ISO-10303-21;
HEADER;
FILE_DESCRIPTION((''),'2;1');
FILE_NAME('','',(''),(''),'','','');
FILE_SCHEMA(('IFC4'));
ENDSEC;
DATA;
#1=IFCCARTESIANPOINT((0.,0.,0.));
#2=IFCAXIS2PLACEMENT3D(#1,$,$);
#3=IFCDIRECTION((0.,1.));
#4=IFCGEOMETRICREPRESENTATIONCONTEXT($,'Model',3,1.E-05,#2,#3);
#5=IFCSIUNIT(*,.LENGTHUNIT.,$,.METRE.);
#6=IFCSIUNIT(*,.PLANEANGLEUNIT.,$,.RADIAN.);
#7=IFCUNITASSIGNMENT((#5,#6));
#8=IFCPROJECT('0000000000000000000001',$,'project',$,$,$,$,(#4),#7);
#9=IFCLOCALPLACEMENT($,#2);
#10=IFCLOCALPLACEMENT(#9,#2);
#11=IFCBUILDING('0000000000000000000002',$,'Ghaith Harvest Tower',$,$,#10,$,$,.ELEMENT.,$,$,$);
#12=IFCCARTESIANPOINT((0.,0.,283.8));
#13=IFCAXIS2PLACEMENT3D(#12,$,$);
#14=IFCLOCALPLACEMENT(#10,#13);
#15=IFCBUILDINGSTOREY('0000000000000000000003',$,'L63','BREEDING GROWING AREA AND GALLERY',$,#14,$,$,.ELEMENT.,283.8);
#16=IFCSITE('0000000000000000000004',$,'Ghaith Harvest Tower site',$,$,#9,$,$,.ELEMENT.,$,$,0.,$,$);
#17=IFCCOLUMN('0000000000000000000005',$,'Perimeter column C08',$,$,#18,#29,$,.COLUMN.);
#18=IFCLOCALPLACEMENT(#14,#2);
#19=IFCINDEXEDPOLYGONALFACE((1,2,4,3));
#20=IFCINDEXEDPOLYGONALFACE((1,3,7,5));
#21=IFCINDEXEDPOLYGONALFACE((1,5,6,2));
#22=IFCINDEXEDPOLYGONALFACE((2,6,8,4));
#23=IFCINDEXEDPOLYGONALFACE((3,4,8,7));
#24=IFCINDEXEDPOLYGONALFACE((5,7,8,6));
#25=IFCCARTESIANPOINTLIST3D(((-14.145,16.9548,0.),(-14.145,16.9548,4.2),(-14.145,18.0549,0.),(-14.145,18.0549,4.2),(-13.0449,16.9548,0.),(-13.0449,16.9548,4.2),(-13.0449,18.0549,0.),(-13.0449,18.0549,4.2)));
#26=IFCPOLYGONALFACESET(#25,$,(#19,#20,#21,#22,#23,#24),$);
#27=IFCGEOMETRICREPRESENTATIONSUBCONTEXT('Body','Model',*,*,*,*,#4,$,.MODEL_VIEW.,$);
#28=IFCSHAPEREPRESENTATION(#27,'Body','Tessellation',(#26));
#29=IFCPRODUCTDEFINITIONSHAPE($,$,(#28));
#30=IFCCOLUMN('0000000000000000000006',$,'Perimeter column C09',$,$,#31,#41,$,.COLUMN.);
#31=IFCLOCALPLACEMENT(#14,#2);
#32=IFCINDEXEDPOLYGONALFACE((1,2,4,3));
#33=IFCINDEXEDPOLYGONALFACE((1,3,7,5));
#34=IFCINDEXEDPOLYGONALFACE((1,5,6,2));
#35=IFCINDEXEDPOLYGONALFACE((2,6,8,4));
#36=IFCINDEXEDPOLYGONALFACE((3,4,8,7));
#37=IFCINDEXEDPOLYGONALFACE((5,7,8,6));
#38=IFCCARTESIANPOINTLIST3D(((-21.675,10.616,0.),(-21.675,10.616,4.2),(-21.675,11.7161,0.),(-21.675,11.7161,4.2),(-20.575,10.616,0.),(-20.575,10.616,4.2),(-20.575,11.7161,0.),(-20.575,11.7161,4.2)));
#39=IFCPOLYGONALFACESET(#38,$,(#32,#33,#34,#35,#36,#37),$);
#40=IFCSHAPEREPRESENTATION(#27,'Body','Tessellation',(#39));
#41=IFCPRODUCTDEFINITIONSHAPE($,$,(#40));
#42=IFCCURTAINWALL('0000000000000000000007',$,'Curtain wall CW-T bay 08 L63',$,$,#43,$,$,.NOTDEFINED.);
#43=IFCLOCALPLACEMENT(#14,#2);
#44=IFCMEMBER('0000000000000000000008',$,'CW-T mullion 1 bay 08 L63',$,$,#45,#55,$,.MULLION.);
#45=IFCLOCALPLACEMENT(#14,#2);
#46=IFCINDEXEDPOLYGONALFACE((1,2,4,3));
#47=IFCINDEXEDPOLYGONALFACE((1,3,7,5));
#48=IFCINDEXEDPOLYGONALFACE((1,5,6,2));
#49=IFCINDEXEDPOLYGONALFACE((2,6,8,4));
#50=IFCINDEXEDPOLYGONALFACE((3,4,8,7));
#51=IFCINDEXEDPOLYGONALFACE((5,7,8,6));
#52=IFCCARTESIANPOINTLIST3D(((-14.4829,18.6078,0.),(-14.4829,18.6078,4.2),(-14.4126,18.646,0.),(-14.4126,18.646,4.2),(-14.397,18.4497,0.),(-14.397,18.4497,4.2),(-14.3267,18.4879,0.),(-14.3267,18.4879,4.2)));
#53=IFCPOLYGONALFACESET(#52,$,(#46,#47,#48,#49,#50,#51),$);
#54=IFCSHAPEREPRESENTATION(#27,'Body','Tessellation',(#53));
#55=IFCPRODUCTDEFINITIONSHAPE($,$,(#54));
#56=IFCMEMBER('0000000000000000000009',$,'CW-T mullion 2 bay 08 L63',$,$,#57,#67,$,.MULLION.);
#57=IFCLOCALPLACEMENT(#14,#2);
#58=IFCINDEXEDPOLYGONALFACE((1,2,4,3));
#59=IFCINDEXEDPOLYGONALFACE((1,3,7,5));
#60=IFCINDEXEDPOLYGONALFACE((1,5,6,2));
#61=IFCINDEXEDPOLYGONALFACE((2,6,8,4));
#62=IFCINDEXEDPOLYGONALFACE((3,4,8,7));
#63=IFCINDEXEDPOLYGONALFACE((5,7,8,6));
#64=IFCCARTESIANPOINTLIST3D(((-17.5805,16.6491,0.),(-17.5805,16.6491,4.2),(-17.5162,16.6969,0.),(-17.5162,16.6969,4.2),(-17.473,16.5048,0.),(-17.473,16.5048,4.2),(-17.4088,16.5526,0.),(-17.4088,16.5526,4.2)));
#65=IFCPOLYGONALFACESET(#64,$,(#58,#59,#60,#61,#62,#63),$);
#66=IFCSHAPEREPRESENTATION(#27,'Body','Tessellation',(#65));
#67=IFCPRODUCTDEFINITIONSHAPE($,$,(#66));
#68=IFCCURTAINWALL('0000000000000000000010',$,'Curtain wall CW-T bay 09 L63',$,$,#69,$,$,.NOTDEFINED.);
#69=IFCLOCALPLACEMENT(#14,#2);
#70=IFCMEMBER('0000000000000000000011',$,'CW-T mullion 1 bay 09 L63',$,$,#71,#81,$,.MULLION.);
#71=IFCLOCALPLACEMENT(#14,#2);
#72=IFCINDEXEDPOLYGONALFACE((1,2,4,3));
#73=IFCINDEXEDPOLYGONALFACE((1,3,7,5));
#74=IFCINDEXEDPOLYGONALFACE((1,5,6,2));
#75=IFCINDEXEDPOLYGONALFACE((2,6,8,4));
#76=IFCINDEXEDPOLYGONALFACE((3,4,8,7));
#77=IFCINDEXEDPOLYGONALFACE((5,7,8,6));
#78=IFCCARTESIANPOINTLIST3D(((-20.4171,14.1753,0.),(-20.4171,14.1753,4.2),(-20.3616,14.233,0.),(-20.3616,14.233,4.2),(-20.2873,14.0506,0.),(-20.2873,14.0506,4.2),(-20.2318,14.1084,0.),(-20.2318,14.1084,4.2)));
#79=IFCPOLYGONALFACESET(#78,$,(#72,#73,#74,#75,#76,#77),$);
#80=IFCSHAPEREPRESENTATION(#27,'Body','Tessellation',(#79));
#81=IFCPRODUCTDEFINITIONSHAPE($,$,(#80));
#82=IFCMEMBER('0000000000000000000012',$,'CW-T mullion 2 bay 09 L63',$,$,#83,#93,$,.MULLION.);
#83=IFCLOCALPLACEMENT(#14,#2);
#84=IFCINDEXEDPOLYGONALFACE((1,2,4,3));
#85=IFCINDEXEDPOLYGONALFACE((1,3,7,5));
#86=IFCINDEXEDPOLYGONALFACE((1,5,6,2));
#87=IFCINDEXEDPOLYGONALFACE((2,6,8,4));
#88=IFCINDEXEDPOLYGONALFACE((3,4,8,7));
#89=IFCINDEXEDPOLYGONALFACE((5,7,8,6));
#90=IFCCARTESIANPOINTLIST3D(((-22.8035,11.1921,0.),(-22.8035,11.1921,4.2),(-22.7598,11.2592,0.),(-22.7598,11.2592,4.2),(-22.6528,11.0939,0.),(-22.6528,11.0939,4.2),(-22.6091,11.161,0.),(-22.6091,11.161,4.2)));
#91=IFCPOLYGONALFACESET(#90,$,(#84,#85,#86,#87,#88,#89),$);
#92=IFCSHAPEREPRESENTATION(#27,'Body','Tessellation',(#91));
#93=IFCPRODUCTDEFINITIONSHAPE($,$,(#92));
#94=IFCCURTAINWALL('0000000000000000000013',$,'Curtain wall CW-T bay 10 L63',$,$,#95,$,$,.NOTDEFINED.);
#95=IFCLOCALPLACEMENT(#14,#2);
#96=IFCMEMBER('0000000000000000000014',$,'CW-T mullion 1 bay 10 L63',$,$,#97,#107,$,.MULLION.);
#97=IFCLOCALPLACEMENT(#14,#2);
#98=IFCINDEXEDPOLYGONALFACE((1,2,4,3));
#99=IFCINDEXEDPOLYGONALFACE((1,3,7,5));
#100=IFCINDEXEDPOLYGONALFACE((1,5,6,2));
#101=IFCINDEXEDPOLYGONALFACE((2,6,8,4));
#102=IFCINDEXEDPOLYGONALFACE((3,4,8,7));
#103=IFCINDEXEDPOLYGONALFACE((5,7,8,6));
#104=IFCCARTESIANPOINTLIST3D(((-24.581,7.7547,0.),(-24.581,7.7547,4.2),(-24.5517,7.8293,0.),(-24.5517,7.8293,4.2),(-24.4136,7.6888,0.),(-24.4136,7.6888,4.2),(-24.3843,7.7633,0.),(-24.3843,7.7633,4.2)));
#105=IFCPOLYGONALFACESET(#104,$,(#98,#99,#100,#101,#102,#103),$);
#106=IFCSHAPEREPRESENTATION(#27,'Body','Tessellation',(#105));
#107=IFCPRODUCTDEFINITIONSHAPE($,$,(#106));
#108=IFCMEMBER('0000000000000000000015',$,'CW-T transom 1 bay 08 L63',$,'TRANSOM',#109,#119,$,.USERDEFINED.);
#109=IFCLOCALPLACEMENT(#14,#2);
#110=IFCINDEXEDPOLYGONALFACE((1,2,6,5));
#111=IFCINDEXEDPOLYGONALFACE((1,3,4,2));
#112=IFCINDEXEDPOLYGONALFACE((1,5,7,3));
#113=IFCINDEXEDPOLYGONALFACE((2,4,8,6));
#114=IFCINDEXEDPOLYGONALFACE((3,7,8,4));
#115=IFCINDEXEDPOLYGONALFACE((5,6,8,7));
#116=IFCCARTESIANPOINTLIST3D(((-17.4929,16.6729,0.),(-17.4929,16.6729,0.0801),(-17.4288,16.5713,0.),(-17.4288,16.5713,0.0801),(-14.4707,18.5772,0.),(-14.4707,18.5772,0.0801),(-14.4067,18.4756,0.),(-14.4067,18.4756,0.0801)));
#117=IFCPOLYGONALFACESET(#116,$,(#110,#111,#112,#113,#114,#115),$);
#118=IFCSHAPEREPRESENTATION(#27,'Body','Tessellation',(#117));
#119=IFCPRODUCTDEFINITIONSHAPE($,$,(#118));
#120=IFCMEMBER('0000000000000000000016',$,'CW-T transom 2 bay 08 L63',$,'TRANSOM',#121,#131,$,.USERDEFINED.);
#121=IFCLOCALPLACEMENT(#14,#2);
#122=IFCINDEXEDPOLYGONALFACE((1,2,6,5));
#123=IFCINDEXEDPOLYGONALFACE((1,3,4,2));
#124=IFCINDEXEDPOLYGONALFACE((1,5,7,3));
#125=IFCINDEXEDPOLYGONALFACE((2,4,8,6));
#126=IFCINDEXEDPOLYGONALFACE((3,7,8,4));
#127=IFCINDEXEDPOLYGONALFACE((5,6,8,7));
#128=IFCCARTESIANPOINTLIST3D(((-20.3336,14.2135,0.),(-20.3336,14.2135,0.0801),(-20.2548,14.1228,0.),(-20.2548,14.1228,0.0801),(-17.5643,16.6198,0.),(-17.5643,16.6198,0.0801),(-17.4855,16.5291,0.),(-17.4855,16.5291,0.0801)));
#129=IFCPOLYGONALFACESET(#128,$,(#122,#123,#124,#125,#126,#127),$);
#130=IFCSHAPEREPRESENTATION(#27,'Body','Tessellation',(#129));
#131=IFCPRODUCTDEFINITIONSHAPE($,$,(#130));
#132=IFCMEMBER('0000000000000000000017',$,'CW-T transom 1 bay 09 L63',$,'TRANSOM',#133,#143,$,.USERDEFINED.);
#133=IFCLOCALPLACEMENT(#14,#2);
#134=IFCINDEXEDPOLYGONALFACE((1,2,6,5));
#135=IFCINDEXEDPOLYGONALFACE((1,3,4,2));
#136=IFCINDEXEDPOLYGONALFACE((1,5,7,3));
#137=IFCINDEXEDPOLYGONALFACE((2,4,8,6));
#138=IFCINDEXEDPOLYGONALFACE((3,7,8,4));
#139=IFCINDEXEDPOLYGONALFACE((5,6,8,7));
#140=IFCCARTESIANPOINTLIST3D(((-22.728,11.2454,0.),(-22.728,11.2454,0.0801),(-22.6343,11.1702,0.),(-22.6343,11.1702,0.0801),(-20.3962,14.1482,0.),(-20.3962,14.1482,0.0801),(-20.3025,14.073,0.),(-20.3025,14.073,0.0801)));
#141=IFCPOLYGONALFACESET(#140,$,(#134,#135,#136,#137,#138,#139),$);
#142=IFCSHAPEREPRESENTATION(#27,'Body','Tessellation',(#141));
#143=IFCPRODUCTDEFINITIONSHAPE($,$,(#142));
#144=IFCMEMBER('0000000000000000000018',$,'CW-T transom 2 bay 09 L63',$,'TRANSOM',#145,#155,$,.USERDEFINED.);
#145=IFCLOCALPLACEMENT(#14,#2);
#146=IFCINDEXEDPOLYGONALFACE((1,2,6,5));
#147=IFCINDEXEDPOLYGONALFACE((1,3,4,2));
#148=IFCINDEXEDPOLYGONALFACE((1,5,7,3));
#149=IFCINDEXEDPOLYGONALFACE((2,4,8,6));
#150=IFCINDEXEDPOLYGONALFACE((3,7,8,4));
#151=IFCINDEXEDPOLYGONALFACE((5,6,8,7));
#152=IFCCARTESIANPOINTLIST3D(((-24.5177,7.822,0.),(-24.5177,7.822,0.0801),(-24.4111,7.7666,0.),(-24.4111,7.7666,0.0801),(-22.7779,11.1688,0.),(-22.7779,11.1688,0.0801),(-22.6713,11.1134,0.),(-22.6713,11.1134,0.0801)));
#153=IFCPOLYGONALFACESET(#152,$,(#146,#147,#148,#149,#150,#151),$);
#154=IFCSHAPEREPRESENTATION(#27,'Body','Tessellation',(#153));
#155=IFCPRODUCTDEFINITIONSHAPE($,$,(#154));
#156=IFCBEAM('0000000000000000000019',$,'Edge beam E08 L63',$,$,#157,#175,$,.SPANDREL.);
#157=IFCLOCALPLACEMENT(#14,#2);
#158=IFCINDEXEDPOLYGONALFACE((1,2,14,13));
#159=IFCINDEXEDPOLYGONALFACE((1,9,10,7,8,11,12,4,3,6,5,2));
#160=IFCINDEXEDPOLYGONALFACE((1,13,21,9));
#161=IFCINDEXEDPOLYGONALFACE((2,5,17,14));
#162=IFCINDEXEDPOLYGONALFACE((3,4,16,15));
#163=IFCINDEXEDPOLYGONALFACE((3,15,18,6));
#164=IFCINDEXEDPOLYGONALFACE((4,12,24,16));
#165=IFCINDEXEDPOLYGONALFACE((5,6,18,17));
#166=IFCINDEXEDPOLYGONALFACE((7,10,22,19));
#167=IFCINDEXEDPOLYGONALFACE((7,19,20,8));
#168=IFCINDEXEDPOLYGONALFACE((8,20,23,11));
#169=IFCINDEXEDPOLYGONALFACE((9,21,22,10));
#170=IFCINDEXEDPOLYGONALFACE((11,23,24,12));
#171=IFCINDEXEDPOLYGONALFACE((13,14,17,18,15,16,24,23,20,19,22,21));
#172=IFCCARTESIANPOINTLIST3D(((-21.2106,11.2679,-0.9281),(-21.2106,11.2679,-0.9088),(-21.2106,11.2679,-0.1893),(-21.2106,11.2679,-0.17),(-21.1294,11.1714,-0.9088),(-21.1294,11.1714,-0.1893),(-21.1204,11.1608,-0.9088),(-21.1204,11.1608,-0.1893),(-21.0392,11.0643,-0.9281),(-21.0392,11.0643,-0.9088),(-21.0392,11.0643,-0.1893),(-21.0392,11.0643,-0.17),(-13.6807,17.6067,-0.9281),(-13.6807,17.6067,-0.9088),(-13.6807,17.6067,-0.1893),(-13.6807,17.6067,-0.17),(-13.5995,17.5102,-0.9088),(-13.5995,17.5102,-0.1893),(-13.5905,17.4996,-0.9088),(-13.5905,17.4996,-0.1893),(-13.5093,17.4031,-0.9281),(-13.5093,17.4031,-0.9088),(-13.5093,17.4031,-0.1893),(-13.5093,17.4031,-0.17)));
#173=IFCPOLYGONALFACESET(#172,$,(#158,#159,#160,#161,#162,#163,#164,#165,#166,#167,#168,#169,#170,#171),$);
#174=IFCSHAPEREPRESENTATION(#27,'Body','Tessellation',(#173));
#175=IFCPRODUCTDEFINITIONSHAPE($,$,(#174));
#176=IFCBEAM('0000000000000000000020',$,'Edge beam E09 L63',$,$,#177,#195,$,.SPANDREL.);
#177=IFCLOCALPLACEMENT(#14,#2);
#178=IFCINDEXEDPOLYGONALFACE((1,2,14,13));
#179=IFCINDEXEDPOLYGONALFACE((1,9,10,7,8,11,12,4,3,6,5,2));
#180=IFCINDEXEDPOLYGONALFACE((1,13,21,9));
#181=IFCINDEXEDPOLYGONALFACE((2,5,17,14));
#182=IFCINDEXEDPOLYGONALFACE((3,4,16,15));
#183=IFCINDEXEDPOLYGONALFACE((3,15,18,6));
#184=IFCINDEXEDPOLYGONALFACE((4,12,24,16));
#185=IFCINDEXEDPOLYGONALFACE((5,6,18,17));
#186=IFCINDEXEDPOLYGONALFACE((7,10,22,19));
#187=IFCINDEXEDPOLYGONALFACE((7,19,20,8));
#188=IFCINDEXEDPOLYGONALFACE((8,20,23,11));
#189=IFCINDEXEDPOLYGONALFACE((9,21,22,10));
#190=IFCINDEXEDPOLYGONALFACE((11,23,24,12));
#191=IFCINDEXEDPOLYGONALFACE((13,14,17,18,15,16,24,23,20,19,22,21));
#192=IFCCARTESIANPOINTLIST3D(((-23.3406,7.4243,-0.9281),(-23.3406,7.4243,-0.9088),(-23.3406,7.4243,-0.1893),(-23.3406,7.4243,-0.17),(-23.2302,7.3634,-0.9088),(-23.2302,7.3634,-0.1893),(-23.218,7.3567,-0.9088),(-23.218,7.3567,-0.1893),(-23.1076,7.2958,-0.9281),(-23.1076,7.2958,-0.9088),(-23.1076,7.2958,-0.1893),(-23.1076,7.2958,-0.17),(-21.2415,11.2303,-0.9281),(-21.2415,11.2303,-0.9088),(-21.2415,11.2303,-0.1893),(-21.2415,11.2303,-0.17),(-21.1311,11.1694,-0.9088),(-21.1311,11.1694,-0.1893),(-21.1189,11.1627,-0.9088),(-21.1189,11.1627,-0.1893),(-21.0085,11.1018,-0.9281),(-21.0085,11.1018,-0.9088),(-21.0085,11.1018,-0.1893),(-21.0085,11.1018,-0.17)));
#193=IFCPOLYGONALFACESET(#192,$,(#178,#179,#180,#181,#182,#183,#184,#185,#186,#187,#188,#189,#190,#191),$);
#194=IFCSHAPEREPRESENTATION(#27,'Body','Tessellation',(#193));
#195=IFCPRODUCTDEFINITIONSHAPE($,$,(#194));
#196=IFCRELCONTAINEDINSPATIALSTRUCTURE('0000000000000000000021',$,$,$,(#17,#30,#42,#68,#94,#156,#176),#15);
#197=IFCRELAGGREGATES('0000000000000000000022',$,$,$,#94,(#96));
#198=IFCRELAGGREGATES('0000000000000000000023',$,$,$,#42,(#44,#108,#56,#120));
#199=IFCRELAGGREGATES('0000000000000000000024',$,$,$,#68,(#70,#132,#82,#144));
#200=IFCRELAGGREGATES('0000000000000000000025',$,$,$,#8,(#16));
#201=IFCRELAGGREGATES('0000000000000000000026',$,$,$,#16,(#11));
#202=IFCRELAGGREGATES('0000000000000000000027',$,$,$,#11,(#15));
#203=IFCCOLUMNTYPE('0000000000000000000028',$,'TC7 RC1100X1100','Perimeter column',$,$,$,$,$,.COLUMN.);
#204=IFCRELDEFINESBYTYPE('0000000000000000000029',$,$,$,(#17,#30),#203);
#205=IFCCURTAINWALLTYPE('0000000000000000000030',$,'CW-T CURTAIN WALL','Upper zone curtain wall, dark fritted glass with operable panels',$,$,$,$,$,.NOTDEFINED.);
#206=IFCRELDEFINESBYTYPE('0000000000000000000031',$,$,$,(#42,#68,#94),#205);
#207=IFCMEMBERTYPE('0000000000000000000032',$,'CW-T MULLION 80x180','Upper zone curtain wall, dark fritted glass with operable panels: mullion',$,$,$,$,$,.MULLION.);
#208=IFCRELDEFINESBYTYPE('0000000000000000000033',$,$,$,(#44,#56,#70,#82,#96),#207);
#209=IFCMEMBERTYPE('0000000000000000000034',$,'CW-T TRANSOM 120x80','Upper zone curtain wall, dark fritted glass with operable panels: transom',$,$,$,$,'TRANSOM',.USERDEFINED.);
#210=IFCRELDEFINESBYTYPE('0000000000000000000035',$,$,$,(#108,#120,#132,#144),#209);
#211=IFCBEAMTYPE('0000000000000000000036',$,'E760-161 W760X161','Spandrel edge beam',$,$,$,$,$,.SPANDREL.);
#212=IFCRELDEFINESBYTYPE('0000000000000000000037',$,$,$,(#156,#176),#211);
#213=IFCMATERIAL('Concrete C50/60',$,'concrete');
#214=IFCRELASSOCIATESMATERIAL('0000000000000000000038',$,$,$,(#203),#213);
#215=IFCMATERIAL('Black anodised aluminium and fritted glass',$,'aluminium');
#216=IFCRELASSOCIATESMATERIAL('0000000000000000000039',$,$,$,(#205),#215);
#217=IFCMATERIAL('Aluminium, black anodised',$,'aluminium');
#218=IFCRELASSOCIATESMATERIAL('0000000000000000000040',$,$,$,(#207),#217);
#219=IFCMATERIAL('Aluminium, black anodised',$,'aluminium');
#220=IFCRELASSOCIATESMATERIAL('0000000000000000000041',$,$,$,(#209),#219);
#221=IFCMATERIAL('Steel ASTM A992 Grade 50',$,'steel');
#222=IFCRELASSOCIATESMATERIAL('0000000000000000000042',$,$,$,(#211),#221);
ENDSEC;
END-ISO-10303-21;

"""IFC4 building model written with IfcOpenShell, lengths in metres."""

from ifc_helpers import new_model, si_unit, direction, frame, origin, origin_2d, place, context, subcontext, project, spatial, rectangle, i_section, extrude, material, material_profile, profile_set, type_object, element, aggregate, save


model = new_model("IFC4")

# Units and contexts
model_context = context("Model", 3, precision=1e-05, world=origin(), true_north=direction((0.0, 1.0)))
body_context = subcontext(model_context, "Body", "Model", "MODEL_VIEW")
ifc_project = project(units=[si_unit("LENGTHUNIT", "METRE"), si_unit("PLANEANGLEUNIT", "RADIAN")], contexts=[model_context])

# Site, building, storey
site_placement = place(None, origin())
site = spatial("IfcSite", under=ifc_project, at=site_placement, Name="Ghaith Harvest Tower site", CompositionType="ELEMENT", RefElevation=0.0)
building_placement = place(site_placement, origin())
building = spatial("IfcBuilding", under=site, at=building_placement, Name="Ghaith Harvest Tower", CompositionType="ELEMENT")
storey_placement = place(building_placement, frame((0.0, 0.0, 283.8)))
storey = spatial("IfcBuildingStorey", under=building, at=storey_placement, Name="L63", Description="BREEDING GROWING AREA AND GALLERY", CompositionType="ELEMENT", Elevation=283.8)

# Columns
ifc_material_1 = material(Name="Concrete C50/60", Category="concrete")
ifc_material_profile_1 = material_profile(ifc_material_1, rectangle(XDim=1.1001, YDim=1.1001, at=origin_2d()), Name="RC1100X1100")
ifc_profile_set_1 = profile_set([ifc_material_profile_1], Name="Concrete C50/60")
column_type = type_object("IfcColumnType", Name="TC7 RC1100X1100", Description="Perimeter column", PredefinedType="COLUMN", material=ifc_profile_set_1)
for number, where, z_axis, x_axis, name in (
    (1, (-13.595, 17.5049, 0.0), (0.0, 0.0, 1.0), (1.0, 0.0, 0.0), "Perimeter column C08"),
    (2, (-21.125, 11.166, 0.0), (0.0, 0.0, 1.0), (1.0, 0.0, 0.0), "Perimeter column C09"),
):
    element("IfcColumn", number, at=place(storey_placement, frame(where, z_axis=z_axis, x_axis=x_axis)), inside=storey, type_object=column_type, Name=name, PredefinedType="COLUMN", context=body_context, shape_type="SweptSolid", body=[
        extrude(rectangle(XDim=1.1001, YDim=1.1001, at=origin_2d()), origin(), (0.0, 0.0, 1.0), 4.2),
    ])

# Curtain walls, members
ifc_material_2 = material(Name="Black anodised aluminium and fritted glass", Category="aluminium")
curtain_wall_type = type_object("IfcCurtainWallType", Name="CW-T CURTAIN WALL", Description="Upper zone curtain wall, dark fritted glass with operable panels", PredefinedType="NOTDEFINED", material=ifc_material_2)
curtain_wall_1_placement = place(storey_placement, origin())
curtain_wall_1 = element("IfcCurtainWall", 3, at=curtain_wall_1_placement, inside=storey, type_object=curtain_wall_type, Name="Curtain wall CW-T bay 08 L63", PredefinedType="NOTDEFINED")
ifc_material_3 = material(Name="Aluminium, black anodised", Category="aluminium")
ifc_material_profile_2 = material_profile(ifc_material_3, rectangle(XDim=0.0801, YDim=0.1799, at=origin_2d()), Name="CW-T MULLION 80x180")
ifc_profile_set_2 = profile_set([ifc_material_profile_2], Name="Aluminium, black anodised")
member_type_1 = type_object("IfcMemberType", Name="CW-T MULLION 80x180", Description="Upper zone curtain wall, dark fritted glass with operable panels: mullion", PredefinedType="MULLION", material=ifc_profile_set_2)
member_1_placement = place(storey_placement, frame((-14.4048, 18.5479, 0.0), z_axis=(0.0, 0.0, 1.0), x_axis=(-0.878672, -0.477426, 0.0)))
member_1 = element("IfcMember", 4, at=member_1_placement, type_object=member_type_1, Name="CW-T mullion 1 bay 08 L63", PredefinedType="MULLION", context=body_context, shape_type="SweptSolid", body=[
    extrude(rectangle(XDim=0.0801, YDim=0.1799, at=origin_2d()), origin(), (0.0, 0.0, 1.0), 4.2),
])
member_2_placement = place(storey_placement, frame((-17.4946, 16.6008, 0.0), z_axis=(0.0, 0.0, 1.0), x_axis=(-0.80219, -0.597069, 0.0)))
member_2 = element("IfcMember", 5, at=member_2_placement, type_object=member_type_1, Name="CW-T mullion 2 bay 08 L63", PredefinedType="MULLION", context=body_context, shape_type="SweptSolid", body=[
    extrude(rectangle(XDim=0.0801, YDim=0.1799, at=origin_2d()), origin(), (0.0, 0.0, 1.0), 4.2),
])
curtain_wall_2_placement = place(storey_placement, origin())
curtain_wall_2 = element("IfcCurtainWall", 6, at=curtain_wall_2_placement, inside=storey, type_object=curtain_wall_type, Name="Curtain wall CW-T bay 09 L63", PredefinedType="NOTDEFINED")
member_3_placement = place(storey_placement, frame((-20.3245, 14.1418, 0.0), z_axis=(0.0, 0.0, 1.0), x_axis=(-0.692826, -0.721104, 0.0)))
member_3 = element("IfcMember", 7, at=member_3_placement, type_object=member_type_1, Name="CW-T mullion 1 bay 09 L63", PredefinedType="MULLION", context=body_context, shape_type="SweptSolid", body=[
    extrude(rectangle(XDim=0.0801, YDim=0.1799, at=origin_2d()), origin(), (0.0, 0.0, 1.0), 4.2),
])
member_4_placement = place(storey_placement, frame((-22.7063, 11.1765, 0.0), z_axis=(0.0, 0.0, 1.0), x_axis=(-0.545865, -0.837873, 0.0)))
member_4 = element("IfcMember", 8, at=member_4_placement, type_object=member_type_1, Name="CW-T mullion 2 bay 09 L63", PredefinedType="MULLION", context=body_context, shape_type="SweptSolid", body=[
    extrude(rectangle(XDim=0.0801, YDim=0.1799, at=origin_2d()), origin(), (0.0, 0.0, 1.0), 4.2),
])

# Curtain wall, member
curtain_wall_3_placement = place(storey_placement, origin())
curtain_wall_3 = element("IfcCurtainWall", 9, at=curtain_wall_3_placement, inside=storey, type_object=curtain_wall_type, Name="Curtain wall CW-T bay 10 L63", PredefinedType="NOTDEFINED")
member_5_placement = place(storey_placement, frame((-24.4827, 7.759, 0.0), z_axis=(0.0, 0.0, 1.0), x_axis=(-0.366473, -0.930429, 0.0)))
member_5 = element("IfcMember", 10, at=member_5_placement, type_object=member_type_1, Name="CW-T mullion 1 bay 10 L63", PredefinedType="MULLION", context=body_context, shape_type="SweptSolid", body=[
    extrude(rectangle(XDim=0.0801, YDim=0.1799, at=origin_2d()), origin(), (0.0, 0.0, 1.0), 4.2),
])
aggregate(curtain_wall_3, [member_5])

# Members
ifc_material_4 = material(Name="Aluminium, black anodised", Category="aluminium")
ifc_material_profile_3 = material_profile(ifc_material_4, rectangle(XDim=0.1201, YDim=0.0801, at=origin_2d()), Name="CW-T TRANSOM 120x80")
ifc_profile_set_3 = profile_set([ifc_material_profile_3], Name="Aluminium, black anodised")
member_type_2 = type_object("IfcMemberType", Name="CW-T TRANSOM 120x80", Description="Upper zone curtain wall, dark fritted glass with operable panels: transom", ElementType="TRANSOM", PredefinedType="USERDEFINED", material=ifc_profile_set_3)
member_6_placement = place(storey_placement, frame((-14.4387, 18.5264, 0.04), z_axis=(-0.846054, -0.533098, 0.0), x_axis=(0.533098, -0.846054, 0.0)))
member_6 = element("IfcMember", 11, at=member_6_placement, type_object=member_type_2, Name="CW-T transom 1 bay 08 L63", ObjectType="TRANSOM", PredefinedType="USERDEFINED", context=body_context, shape_type="SweptSolid", body=[
    extrude(rectangle(XDim=0.1201, YDim=0.0801, at=origin_2d()), origin(), (0.0, 0.0, 1.0), 3.572),
])
member_7_placement = place(storey_placement, frame((-17.5249, 16.5745, 0.04), z_axis=(-0.754852, -0.655895, 0.0), x_axis=(0.655895, -0.754852, 0.0)))
member_7 = element("IfcMember", 12, at=member_7_placement, type_object=member_type_2, Name="CW-T transom 2 bay 08 L63", ObjectType="TRANSOM", PredefinedType="USERDEFINED", context=body_context, shape_type="SweptSolid", body=[
    extrude(rectangle(XDim=0.1201, YDim=0.0801, at=origin_2d()), origin(), (0.0, 0.0, 1.0), 3.6687),
])
member_8_placement = place(storey_placement, frame((-20.3494, 14.1106, 0.04), z_axis=(-0.626253, -0.77962, 0.0), x_axis=(0.77962, -0.626253, 0.0)))
member_8 = element("IfcMember", 13, at=member_8_placement, type_object=member_type_2, Name="CW-T transom 1 bay 09 L63", ObjectType="TRANSOM", PredefinedType="USERDEFINED", context=body_context, shape_type="SweptSolid", body=[
    extrude(rectangle(XDim=0.1201, YDim=0.0801, at=origin_2d()), origin(), (0.0, 0.0, 1.0), 3.7234),
])
member_9_placement = place(storey_placement, frame((-22.7246, 11.1411, 0.04), z_axis=(-0.461243, -0.887274, 0.0), x_axis=(0.887274, -0.461243, 0.0)))
member_9 = element("IfcMember", 14, at=member_9_placement, type_object=member_type_2, Name="CW-T transom 2 bay 09 L63", ObjectType="TRANSOM", PredefinedType="USERDEFINED", context=body_context, shape_type="SweptSolid", body=[
    extrude(rectangle(XDim=0.1201, YDim=0.0801, at=origin_2d()), origin(), (0.0, 0.0, 1.0), 3.772),
])

# Beams
ifc_material_5 = material(Name="Steel ASTM A992 Grade 50", Category="steel")
ifc_material_profile_4 = material_profile(ifc_material_5, i_section(OverallWidth=0.2661, OverallDepth=0.7581, WebThickness=0.0139, FlangeThickness=0.0193, at=origin_2d()), Name="W760X161")
ifc_profile_set_4 = profile_set([ifc_material_profile_4], Name="Steel ASTM A992 Grade 50")
beam_type_1 = type_object("IfcBeamType", Name="E760-161 W760X161", Description="Spandrel edge beam", PredefinedType="SPANDREL", material=ifc_profile_set_4)
beam_1_placement = place(storey_placement, frame((-13.595, 17.5049, -0.5491), z_axis=(-0.765022, -0.644004, 0.0), x_axis=(0.644004, -0.765022, 0.0)))
element("IfcBeam", 15, at=beam_1_placement, inside=storey, type_object=beam_type_1, Name="Edge beam E08 L63", PredefinedType="SPANDREL", context=body_context, shape_type="SweptSolid", body=[
    extrude(i_section(OverallWidth=0.2661, OverallDepth=0.7581, WebThickness=0.0139, FlangeThickness=0.0193, at=origin_2d()), origin(), (0.0, 0.0, 1.0), 9.8428),
])
beam_2_placement = place(storey_placement, frame((-21.125, 11.166, -0.5491), z_axis=(-0.482956, -0.875645, 0.0), x_axis=(0.875645, -0.482956, 0.0)))
element("IfcBeam", 16, at=beam_2_placement, inside=storey, type_object=beam_type_1, Name="Edge beam E09 L63", PredefinedType="SPANDREL", context=body_context, shape_type="SweptSolid", body=[
    extrude(i_section(OverallWidth=0.2661, OverallDepth=0.7581, WebThickness=0.0139, FlangeThickness=0.0193, at=origin_2d()), origin(), (0.0, 0.0, 1.0), 4.3464),
])

aggregate(curtain_wall_1, [member_1, member_6, member_2, member_7])
aggregate(curtain_wall_2, [member_3, member_8, member_4, member_9])

save(model, "model.ifc")
